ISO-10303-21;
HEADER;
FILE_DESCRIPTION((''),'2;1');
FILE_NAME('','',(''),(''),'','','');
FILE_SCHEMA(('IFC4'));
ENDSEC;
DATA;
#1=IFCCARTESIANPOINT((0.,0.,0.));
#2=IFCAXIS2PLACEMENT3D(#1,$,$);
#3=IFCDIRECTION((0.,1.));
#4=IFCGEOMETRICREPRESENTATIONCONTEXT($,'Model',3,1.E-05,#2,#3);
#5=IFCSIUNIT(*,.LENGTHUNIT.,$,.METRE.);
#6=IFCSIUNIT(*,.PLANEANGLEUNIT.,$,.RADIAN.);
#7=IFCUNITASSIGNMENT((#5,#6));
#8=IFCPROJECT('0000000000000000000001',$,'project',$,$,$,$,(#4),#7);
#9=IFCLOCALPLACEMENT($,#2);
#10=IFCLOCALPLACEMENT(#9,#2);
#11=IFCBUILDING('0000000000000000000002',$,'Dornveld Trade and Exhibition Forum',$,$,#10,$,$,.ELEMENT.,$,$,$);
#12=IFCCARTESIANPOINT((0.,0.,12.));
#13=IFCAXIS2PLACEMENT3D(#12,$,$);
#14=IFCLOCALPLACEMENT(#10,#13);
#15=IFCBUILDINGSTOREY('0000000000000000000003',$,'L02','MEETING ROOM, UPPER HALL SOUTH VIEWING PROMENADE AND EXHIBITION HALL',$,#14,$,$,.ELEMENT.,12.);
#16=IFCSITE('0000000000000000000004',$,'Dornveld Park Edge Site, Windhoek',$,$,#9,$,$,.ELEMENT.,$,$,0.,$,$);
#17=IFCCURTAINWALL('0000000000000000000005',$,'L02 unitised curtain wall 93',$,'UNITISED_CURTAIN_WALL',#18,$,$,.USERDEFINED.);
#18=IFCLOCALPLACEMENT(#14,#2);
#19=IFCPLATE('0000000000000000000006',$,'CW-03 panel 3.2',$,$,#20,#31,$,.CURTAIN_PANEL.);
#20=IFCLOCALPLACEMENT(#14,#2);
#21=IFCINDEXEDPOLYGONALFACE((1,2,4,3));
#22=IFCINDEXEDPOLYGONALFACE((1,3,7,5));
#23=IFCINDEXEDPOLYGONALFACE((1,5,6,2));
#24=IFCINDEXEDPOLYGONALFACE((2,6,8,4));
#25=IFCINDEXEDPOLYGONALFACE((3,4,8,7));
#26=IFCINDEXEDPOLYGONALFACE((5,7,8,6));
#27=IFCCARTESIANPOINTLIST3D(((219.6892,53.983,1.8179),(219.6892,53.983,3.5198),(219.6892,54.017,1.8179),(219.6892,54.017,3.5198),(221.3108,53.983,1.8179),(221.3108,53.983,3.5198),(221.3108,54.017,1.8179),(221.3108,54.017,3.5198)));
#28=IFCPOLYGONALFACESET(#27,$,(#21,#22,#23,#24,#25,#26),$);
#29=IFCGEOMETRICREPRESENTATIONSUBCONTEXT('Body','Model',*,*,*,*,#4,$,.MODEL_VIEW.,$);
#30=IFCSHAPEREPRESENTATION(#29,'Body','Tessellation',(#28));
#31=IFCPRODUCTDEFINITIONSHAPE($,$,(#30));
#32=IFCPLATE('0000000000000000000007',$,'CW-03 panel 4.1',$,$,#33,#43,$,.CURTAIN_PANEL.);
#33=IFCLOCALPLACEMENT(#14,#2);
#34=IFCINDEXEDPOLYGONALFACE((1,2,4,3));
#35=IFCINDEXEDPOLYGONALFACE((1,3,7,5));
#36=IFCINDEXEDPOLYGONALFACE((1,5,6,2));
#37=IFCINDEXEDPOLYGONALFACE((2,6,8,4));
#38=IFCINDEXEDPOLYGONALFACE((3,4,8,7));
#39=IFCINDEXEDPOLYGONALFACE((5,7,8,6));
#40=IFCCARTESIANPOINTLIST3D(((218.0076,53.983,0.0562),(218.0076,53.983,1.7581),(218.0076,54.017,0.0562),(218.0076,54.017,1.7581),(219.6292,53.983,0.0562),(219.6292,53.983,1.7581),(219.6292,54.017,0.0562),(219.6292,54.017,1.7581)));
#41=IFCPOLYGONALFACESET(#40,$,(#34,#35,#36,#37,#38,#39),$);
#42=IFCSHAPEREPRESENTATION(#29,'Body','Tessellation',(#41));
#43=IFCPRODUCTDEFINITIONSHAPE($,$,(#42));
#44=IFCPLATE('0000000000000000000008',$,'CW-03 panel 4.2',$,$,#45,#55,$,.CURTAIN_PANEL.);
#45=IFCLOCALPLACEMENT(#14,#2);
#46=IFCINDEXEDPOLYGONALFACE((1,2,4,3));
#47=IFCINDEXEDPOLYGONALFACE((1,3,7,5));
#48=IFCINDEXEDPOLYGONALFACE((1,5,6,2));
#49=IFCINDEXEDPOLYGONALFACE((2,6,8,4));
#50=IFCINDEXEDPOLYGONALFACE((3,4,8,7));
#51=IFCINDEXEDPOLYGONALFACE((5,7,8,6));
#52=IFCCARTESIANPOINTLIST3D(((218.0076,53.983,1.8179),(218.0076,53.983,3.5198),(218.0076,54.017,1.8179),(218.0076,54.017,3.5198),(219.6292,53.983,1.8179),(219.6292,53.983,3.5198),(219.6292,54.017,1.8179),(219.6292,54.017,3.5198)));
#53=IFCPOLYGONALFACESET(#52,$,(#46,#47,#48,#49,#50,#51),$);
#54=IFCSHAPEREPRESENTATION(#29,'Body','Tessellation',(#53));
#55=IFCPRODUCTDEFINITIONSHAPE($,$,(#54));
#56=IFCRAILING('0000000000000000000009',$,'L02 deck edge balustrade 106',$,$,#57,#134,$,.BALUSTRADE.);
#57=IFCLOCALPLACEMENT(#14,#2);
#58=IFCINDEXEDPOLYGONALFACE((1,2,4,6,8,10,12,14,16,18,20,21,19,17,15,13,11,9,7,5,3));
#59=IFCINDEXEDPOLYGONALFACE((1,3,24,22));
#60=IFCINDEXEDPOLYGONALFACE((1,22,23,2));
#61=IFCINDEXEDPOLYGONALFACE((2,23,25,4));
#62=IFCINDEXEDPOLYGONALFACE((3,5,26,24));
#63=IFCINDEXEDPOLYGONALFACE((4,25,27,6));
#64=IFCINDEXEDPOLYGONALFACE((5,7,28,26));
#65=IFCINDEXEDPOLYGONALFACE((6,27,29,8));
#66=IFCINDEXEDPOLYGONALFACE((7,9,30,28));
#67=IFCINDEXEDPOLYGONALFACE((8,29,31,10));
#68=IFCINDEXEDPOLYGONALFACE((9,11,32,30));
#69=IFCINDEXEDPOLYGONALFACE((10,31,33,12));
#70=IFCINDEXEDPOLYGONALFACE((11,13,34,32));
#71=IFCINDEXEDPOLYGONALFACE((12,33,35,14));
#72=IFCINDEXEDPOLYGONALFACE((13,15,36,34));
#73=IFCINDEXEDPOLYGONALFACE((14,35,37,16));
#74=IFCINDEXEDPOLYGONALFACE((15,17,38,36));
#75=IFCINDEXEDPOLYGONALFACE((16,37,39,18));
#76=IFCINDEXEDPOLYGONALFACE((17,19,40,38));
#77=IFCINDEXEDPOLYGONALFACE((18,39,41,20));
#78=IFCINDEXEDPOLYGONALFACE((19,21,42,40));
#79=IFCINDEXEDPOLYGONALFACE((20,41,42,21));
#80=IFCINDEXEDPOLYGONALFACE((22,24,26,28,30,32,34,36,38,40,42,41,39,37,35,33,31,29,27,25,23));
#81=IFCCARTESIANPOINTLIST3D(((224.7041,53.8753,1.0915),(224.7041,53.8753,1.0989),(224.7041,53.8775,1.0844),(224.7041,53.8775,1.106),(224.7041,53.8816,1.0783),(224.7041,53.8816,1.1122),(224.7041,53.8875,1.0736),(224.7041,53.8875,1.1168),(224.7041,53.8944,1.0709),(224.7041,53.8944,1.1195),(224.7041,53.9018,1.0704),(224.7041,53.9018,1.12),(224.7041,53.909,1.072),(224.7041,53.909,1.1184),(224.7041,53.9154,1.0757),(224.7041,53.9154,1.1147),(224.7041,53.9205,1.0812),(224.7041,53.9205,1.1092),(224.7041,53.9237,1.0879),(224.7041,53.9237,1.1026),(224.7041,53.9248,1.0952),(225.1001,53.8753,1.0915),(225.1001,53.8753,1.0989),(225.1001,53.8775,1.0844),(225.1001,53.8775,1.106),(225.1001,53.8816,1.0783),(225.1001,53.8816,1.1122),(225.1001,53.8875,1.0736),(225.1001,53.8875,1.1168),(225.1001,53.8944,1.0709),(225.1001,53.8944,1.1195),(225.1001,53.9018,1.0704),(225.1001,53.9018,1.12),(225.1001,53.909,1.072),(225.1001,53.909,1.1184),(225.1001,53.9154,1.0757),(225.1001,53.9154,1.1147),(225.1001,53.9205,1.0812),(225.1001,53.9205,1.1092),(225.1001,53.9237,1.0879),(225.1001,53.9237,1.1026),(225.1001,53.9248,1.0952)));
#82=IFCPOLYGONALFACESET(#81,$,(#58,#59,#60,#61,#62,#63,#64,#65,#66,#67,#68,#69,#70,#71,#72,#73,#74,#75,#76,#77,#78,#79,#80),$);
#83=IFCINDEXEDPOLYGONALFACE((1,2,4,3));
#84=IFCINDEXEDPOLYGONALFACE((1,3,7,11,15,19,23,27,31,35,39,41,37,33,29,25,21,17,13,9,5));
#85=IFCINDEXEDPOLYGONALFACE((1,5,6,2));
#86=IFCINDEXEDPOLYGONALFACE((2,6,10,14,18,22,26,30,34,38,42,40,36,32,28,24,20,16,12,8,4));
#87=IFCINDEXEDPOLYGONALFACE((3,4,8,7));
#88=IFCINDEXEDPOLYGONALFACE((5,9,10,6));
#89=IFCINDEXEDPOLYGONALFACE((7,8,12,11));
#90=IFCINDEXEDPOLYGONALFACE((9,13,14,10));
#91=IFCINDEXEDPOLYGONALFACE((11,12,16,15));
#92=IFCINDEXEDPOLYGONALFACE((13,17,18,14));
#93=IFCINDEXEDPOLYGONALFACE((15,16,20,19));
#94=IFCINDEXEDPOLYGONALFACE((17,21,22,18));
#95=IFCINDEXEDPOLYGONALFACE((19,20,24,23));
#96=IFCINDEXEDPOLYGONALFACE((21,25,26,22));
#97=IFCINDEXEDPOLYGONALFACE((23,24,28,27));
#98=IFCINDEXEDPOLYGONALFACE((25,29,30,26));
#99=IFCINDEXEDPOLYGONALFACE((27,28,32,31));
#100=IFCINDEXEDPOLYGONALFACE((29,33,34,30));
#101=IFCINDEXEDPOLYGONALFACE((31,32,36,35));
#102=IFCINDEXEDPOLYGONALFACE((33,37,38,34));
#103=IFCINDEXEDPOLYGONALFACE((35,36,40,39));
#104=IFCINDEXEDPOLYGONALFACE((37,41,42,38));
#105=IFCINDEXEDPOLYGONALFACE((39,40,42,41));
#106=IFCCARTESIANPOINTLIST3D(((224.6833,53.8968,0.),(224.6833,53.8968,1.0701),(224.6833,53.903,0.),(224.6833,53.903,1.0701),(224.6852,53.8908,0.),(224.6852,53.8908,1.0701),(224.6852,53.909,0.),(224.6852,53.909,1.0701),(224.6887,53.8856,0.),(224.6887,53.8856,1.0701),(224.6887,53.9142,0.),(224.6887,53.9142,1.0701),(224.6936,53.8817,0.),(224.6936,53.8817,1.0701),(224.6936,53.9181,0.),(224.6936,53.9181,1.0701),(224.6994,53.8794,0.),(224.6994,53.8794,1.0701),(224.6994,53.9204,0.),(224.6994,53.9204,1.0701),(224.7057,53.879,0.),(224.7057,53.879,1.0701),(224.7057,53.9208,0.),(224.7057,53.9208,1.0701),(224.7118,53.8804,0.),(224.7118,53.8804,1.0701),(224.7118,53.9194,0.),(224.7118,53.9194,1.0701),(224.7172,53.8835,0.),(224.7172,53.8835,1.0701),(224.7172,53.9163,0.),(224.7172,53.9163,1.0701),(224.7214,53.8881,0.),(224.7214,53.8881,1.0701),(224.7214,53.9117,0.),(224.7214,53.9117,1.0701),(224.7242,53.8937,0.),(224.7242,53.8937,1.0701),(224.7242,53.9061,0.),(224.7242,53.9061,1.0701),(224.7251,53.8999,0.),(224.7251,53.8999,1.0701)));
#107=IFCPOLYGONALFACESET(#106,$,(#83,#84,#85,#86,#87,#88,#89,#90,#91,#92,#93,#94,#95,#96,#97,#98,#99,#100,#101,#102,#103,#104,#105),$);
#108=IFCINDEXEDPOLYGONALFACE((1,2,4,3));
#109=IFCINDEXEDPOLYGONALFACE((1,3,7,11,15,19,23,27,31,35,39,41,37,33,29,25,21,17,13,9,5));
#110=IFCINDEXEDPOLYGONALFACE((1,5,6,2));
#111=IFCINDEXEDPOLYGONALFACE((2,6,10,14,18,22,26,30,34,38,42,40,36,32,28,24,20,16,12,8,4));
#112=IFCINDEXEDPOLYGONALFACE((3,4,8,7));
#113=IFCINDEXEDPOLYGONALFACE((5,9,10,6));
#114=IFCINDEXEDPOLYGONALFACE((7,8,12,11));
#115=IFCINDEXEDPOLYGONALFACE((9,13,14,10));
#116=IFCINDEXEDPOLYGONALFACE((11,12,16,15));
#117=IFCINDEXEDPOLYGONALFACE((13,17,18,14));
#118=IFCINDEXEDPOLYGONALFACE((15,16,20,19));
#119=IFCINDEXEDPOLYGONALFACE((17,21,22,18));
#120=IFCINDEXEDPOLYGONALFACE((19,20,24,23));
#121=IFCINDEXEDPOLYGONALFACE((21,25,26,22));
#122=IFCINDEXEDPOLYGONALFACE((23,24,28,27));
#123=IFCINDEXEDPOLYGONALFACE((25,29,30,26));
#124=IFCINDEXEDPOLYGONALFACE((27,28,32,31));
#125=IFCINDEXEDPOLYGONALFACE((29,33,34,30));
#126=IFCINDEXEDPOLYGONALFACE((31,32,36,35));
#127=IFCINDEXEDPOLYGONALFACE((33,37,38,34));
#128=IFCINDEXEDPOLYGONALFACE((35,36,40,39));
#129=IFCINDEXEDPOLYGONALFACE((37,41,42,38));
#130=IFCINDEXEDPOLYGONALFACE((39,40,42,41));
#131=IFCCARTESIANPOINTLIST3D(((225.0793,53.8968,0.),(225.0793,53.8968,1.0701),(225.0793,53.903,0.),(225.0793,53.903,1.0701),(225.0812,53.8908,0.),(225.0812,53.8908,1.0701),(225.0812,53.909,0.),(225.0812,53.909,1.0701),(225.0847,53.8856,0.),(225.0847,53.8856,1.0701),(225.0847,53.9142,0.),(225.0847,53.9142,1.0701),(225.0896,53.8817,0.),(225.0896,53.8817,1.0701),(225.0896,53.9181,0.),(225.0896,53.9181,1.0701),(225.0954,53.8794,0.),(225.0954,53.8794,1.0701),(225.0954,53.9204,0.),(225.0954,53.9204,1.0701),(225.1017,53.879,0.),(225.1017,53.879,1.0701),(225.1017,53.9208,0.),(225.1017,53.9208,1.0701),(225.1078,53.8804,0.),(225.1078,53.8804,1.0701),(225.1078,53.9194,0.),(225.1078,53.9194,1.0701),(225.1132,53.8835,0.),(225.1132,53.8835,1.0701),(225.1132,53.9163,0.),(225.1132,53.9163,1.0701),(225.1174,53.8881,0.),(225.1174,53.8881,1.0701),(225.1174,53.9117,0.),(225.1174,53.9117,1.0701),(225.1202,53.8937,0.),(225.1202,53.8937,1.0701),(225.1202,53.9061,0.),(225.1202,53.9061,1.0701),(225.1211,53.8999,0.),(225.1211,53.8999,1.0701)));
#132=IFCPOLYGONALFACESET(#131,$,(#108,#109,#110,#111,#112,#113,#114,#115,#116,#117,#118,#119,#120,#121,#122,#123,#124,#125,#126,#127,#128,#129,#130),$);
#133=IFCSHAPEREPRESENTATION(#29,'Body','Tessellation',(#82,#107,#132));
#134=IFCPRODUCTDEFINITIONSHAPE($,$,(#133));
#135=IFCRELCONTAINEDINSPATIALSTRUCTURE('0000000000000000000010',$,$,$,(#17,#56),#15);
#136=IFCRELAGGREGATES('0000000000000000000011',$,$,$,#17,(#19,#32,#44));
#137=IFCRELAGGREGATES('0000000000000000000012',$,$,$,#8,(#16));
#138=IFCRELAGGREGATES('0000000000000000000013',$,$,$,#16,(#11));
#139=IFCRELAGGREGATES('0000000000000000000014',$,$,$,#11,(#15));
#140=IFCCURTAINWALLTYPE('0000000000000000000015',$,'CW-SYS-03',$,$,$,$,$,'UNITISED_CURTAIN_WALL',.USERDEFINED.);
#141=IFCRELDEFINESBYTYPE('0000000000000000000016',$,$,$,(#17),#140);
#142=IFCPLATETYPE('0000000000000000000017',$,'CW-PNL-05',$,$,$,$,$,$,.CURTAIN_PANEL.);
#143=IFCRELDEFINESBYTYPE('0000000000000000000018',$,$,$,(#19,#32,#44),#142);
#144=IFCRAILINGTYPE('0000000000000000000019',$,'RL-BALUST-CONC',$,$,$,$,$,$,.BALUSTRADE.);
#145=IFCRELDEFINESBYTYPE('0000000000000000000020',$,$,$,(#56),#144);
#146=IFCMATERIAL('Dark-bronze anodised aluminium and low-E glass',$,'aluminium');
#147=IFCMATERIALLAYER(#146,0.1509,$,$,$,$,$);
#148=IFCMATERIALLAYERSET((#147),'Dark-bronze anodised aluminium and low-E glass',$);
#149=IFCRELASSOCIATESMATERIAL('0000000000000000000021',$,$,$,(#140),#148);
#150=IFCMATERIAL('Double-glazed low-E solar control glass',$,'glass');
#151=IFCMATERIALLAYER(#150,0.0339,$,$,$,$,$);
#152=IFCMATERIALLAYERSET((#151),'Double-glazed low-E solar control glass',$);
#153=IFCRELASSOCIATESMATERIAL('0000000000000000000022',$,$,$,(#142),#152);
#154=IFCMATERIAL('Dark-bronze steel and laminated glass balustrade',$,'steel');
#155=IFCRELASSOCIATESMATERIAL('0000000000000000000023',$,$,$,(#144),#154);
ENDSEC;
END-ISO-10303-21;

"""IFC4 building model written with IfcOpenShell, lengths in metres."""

from ifc_helpers import new_model, si_unit, direction, frame, origin, origin_2d, place, context, subcontext, project, spatial, rectangle, circle, extrude, material, layer, layer_set, type_object, element, aggregate, save


model = new_model("IFC4")

# Units and contexts
model_context = context("Model", 3, precision=1e-05, world=origin(), true_north=direction((0.0, 1.0)))
body_context = subcontext(model_context, "Body", "Model", "MODEL_VIEW")
ifc_project = project(units=[si_unit("LENGTHUNIT", "METRE"), si_unit("PLANEANGLEUNIT", "RADIAN")], contexts=[model_context])

# Site, building, storey
site_placement = place(None, origin())
site = spatial("IfcSite", under=ifc_project, at=site_placement, Name="Dornveld Park Edge Site, Windhoek", CompositionType="ELEMENT", RefElevation=0.0)
building_placement = place(site_placement, origin())
building = spatial("IfcBuilding", under=site, at=building_placement, Name="Dornveld Trade and Exhibition Forum", CompositionType="ELEMENT")
storey_placement = place(building_placement, frame((0.0, 0.0, 12.0)))
storey = spatial("IfcBuildingStorey", under=building, at=storey_placement, Name="L02", Description="MEETING ROOM, UPPER HALL SOUTH VIEWING PROMENADE AND EXHIBITION HALL", CompositionType="ELEMENT", Elevation=12.0)

# Curtain wall, plates
ifc_material_1 = material(Name="Dark-bronze anodised aluminium and low-E glass", Category="aluminium")
ifc_layer_1 = layer(ifc_material_1, 0.1509)
ifc_layer_set_1 = layer_set([ifc_layer_1], Name="Dark-bronze anodised aluminium and low-E glass")
curtain_wall_type = type_object("IfcCurtainWallType", Name="CW-SYS-03", ElementType="UNITISED_CURTAIN_WALL", PredefinedType="USERDEFINED", material=ifc_layer_set_1)
curtain_wall_placement = place(storey_placement, origin())
curtain_wall = element("IfcCurtainWall", 1, at=curtain_wall_placement, inside=storey, type_object=curtain_wall_type, Name="L02 unitised curtain wall 93", ObjectType="UNITISED_CURTAIN_WALL", PredefinedType="USERDEFINED")
ifc_material_2 = material(Name="Double-glazed low-E solar control glass", Category="glass")
ifc_layer_2 = layer(ifc_material_2, 0.0339)
ifc_layer_set_2 = layer_set([ifc_layer_2], Name="Double-glazed low-E solar control glass")
plate_type = type_object("IfcPlateType", Name="CW-PNL-05", PredefinedType="CURTAIN_PANEL", material=ifc_layer_set_2)
plate_1_placement = place(storey_placement, frame((220.5, 54.0, 1.8179), z_axis=(0.0, 0.0, 1.0), x_axis=(-1.0, 0.0, 0.0)))
plate_1 = element("IfcPlate", 2, at=plate_1_placement, type_object=plate_type, Name="CW-03 panel 3.2", PredefinedType="CURTAIN_PANEL", context=body_context, shape_type="SweptSolid", body=[
    extrude(rectangle(XDim=1.6216, YDim=0.0339, at=origin_2d()), origin(), (0.0, 0.0, 1.0), 1.7019),
])
plate_2_placement = place(storey_placement, frame((218.8184, 54.0, 0.0562), z_axis=(0.0, 0.0, 1.0), x_axis=(-1.0, 0.0, 0.0)))
plate_2 = element("IfcPlate", 3, at=plate_2_placement, type_object=plate_type, Name="CW-03 panel 4.1", PredefinedType="CURTAIN_PANEL", context=body_context, shape_type="SweptSolid", body=[
    extrude(rectangle(XDim=1.6216, YDim=0.0339, at=origin_2d()), origin(), (0.0, 0.0, 1.0), 1.7019),
])
plate_3_placement = place(storey_placement, frame((218.8184, 54.0, 1.8179), z_axis=(0.0, 0.0, 1.0), x_axis=(-1.0, 0.0, 0.0)))
plate_3 = element("IfcPlate", 4, at=plate_3_placement, type_object=plate_type, Name="CW-03 panel 4.2", PredefinedType="CURTAIN_PANEL", context=body_context, shape_type="SweptSolid", body=[
    extrude(rectangle(XDim=1.6216, YDim=0.0339, at=origin_2d()), origin(), (0.0, 0.0, 1.0), 1.7019),
])
aggregate(curtain_wall, [plate_1, plate_2, plate_3])

# Railing
ifc_material_3 = material(Name="Dark-bronze steel and laminated glass balustrade", Category="steel")
railing_type = type_object("IfcRailingType", Name="RL-BALUST-CONC", PredefinedType="BALUSTRADE", material=ifc_material_3)
railing_placement = place(storey_placement, frame((224.7041, 53.8999, 0.0)))
element("IfcRailing", 5, at=railing_placement, inside=storey, type_object=railing_type, Name="L02 deck edge balustrade 106", PredefinedType="BALUSTRADE", context=body_context, shape_type="SweptSolid", body=[
    extrude(circle(Radius=0.0249, at=origin_2d()), frame((0.0, 0.0, 1.0952), z_axis=(1.0, 0.0, 0.0), x_axis=(0.0, 1.0, 0.0)), (0.0, 0.0, 1.0), 0.396),
    extrude(circle(Radius=0.021, at=origin_2d()), origin(), (0.0, 0.0, 1.0), 1.0701),
    extrude(circle(Radius=0.021, at=origin_2d()), frame((0.396, 0.0, 0.0)), (0.0, 0.0, 1.0), 1.0701),
])

save(model, "model.ifc")
